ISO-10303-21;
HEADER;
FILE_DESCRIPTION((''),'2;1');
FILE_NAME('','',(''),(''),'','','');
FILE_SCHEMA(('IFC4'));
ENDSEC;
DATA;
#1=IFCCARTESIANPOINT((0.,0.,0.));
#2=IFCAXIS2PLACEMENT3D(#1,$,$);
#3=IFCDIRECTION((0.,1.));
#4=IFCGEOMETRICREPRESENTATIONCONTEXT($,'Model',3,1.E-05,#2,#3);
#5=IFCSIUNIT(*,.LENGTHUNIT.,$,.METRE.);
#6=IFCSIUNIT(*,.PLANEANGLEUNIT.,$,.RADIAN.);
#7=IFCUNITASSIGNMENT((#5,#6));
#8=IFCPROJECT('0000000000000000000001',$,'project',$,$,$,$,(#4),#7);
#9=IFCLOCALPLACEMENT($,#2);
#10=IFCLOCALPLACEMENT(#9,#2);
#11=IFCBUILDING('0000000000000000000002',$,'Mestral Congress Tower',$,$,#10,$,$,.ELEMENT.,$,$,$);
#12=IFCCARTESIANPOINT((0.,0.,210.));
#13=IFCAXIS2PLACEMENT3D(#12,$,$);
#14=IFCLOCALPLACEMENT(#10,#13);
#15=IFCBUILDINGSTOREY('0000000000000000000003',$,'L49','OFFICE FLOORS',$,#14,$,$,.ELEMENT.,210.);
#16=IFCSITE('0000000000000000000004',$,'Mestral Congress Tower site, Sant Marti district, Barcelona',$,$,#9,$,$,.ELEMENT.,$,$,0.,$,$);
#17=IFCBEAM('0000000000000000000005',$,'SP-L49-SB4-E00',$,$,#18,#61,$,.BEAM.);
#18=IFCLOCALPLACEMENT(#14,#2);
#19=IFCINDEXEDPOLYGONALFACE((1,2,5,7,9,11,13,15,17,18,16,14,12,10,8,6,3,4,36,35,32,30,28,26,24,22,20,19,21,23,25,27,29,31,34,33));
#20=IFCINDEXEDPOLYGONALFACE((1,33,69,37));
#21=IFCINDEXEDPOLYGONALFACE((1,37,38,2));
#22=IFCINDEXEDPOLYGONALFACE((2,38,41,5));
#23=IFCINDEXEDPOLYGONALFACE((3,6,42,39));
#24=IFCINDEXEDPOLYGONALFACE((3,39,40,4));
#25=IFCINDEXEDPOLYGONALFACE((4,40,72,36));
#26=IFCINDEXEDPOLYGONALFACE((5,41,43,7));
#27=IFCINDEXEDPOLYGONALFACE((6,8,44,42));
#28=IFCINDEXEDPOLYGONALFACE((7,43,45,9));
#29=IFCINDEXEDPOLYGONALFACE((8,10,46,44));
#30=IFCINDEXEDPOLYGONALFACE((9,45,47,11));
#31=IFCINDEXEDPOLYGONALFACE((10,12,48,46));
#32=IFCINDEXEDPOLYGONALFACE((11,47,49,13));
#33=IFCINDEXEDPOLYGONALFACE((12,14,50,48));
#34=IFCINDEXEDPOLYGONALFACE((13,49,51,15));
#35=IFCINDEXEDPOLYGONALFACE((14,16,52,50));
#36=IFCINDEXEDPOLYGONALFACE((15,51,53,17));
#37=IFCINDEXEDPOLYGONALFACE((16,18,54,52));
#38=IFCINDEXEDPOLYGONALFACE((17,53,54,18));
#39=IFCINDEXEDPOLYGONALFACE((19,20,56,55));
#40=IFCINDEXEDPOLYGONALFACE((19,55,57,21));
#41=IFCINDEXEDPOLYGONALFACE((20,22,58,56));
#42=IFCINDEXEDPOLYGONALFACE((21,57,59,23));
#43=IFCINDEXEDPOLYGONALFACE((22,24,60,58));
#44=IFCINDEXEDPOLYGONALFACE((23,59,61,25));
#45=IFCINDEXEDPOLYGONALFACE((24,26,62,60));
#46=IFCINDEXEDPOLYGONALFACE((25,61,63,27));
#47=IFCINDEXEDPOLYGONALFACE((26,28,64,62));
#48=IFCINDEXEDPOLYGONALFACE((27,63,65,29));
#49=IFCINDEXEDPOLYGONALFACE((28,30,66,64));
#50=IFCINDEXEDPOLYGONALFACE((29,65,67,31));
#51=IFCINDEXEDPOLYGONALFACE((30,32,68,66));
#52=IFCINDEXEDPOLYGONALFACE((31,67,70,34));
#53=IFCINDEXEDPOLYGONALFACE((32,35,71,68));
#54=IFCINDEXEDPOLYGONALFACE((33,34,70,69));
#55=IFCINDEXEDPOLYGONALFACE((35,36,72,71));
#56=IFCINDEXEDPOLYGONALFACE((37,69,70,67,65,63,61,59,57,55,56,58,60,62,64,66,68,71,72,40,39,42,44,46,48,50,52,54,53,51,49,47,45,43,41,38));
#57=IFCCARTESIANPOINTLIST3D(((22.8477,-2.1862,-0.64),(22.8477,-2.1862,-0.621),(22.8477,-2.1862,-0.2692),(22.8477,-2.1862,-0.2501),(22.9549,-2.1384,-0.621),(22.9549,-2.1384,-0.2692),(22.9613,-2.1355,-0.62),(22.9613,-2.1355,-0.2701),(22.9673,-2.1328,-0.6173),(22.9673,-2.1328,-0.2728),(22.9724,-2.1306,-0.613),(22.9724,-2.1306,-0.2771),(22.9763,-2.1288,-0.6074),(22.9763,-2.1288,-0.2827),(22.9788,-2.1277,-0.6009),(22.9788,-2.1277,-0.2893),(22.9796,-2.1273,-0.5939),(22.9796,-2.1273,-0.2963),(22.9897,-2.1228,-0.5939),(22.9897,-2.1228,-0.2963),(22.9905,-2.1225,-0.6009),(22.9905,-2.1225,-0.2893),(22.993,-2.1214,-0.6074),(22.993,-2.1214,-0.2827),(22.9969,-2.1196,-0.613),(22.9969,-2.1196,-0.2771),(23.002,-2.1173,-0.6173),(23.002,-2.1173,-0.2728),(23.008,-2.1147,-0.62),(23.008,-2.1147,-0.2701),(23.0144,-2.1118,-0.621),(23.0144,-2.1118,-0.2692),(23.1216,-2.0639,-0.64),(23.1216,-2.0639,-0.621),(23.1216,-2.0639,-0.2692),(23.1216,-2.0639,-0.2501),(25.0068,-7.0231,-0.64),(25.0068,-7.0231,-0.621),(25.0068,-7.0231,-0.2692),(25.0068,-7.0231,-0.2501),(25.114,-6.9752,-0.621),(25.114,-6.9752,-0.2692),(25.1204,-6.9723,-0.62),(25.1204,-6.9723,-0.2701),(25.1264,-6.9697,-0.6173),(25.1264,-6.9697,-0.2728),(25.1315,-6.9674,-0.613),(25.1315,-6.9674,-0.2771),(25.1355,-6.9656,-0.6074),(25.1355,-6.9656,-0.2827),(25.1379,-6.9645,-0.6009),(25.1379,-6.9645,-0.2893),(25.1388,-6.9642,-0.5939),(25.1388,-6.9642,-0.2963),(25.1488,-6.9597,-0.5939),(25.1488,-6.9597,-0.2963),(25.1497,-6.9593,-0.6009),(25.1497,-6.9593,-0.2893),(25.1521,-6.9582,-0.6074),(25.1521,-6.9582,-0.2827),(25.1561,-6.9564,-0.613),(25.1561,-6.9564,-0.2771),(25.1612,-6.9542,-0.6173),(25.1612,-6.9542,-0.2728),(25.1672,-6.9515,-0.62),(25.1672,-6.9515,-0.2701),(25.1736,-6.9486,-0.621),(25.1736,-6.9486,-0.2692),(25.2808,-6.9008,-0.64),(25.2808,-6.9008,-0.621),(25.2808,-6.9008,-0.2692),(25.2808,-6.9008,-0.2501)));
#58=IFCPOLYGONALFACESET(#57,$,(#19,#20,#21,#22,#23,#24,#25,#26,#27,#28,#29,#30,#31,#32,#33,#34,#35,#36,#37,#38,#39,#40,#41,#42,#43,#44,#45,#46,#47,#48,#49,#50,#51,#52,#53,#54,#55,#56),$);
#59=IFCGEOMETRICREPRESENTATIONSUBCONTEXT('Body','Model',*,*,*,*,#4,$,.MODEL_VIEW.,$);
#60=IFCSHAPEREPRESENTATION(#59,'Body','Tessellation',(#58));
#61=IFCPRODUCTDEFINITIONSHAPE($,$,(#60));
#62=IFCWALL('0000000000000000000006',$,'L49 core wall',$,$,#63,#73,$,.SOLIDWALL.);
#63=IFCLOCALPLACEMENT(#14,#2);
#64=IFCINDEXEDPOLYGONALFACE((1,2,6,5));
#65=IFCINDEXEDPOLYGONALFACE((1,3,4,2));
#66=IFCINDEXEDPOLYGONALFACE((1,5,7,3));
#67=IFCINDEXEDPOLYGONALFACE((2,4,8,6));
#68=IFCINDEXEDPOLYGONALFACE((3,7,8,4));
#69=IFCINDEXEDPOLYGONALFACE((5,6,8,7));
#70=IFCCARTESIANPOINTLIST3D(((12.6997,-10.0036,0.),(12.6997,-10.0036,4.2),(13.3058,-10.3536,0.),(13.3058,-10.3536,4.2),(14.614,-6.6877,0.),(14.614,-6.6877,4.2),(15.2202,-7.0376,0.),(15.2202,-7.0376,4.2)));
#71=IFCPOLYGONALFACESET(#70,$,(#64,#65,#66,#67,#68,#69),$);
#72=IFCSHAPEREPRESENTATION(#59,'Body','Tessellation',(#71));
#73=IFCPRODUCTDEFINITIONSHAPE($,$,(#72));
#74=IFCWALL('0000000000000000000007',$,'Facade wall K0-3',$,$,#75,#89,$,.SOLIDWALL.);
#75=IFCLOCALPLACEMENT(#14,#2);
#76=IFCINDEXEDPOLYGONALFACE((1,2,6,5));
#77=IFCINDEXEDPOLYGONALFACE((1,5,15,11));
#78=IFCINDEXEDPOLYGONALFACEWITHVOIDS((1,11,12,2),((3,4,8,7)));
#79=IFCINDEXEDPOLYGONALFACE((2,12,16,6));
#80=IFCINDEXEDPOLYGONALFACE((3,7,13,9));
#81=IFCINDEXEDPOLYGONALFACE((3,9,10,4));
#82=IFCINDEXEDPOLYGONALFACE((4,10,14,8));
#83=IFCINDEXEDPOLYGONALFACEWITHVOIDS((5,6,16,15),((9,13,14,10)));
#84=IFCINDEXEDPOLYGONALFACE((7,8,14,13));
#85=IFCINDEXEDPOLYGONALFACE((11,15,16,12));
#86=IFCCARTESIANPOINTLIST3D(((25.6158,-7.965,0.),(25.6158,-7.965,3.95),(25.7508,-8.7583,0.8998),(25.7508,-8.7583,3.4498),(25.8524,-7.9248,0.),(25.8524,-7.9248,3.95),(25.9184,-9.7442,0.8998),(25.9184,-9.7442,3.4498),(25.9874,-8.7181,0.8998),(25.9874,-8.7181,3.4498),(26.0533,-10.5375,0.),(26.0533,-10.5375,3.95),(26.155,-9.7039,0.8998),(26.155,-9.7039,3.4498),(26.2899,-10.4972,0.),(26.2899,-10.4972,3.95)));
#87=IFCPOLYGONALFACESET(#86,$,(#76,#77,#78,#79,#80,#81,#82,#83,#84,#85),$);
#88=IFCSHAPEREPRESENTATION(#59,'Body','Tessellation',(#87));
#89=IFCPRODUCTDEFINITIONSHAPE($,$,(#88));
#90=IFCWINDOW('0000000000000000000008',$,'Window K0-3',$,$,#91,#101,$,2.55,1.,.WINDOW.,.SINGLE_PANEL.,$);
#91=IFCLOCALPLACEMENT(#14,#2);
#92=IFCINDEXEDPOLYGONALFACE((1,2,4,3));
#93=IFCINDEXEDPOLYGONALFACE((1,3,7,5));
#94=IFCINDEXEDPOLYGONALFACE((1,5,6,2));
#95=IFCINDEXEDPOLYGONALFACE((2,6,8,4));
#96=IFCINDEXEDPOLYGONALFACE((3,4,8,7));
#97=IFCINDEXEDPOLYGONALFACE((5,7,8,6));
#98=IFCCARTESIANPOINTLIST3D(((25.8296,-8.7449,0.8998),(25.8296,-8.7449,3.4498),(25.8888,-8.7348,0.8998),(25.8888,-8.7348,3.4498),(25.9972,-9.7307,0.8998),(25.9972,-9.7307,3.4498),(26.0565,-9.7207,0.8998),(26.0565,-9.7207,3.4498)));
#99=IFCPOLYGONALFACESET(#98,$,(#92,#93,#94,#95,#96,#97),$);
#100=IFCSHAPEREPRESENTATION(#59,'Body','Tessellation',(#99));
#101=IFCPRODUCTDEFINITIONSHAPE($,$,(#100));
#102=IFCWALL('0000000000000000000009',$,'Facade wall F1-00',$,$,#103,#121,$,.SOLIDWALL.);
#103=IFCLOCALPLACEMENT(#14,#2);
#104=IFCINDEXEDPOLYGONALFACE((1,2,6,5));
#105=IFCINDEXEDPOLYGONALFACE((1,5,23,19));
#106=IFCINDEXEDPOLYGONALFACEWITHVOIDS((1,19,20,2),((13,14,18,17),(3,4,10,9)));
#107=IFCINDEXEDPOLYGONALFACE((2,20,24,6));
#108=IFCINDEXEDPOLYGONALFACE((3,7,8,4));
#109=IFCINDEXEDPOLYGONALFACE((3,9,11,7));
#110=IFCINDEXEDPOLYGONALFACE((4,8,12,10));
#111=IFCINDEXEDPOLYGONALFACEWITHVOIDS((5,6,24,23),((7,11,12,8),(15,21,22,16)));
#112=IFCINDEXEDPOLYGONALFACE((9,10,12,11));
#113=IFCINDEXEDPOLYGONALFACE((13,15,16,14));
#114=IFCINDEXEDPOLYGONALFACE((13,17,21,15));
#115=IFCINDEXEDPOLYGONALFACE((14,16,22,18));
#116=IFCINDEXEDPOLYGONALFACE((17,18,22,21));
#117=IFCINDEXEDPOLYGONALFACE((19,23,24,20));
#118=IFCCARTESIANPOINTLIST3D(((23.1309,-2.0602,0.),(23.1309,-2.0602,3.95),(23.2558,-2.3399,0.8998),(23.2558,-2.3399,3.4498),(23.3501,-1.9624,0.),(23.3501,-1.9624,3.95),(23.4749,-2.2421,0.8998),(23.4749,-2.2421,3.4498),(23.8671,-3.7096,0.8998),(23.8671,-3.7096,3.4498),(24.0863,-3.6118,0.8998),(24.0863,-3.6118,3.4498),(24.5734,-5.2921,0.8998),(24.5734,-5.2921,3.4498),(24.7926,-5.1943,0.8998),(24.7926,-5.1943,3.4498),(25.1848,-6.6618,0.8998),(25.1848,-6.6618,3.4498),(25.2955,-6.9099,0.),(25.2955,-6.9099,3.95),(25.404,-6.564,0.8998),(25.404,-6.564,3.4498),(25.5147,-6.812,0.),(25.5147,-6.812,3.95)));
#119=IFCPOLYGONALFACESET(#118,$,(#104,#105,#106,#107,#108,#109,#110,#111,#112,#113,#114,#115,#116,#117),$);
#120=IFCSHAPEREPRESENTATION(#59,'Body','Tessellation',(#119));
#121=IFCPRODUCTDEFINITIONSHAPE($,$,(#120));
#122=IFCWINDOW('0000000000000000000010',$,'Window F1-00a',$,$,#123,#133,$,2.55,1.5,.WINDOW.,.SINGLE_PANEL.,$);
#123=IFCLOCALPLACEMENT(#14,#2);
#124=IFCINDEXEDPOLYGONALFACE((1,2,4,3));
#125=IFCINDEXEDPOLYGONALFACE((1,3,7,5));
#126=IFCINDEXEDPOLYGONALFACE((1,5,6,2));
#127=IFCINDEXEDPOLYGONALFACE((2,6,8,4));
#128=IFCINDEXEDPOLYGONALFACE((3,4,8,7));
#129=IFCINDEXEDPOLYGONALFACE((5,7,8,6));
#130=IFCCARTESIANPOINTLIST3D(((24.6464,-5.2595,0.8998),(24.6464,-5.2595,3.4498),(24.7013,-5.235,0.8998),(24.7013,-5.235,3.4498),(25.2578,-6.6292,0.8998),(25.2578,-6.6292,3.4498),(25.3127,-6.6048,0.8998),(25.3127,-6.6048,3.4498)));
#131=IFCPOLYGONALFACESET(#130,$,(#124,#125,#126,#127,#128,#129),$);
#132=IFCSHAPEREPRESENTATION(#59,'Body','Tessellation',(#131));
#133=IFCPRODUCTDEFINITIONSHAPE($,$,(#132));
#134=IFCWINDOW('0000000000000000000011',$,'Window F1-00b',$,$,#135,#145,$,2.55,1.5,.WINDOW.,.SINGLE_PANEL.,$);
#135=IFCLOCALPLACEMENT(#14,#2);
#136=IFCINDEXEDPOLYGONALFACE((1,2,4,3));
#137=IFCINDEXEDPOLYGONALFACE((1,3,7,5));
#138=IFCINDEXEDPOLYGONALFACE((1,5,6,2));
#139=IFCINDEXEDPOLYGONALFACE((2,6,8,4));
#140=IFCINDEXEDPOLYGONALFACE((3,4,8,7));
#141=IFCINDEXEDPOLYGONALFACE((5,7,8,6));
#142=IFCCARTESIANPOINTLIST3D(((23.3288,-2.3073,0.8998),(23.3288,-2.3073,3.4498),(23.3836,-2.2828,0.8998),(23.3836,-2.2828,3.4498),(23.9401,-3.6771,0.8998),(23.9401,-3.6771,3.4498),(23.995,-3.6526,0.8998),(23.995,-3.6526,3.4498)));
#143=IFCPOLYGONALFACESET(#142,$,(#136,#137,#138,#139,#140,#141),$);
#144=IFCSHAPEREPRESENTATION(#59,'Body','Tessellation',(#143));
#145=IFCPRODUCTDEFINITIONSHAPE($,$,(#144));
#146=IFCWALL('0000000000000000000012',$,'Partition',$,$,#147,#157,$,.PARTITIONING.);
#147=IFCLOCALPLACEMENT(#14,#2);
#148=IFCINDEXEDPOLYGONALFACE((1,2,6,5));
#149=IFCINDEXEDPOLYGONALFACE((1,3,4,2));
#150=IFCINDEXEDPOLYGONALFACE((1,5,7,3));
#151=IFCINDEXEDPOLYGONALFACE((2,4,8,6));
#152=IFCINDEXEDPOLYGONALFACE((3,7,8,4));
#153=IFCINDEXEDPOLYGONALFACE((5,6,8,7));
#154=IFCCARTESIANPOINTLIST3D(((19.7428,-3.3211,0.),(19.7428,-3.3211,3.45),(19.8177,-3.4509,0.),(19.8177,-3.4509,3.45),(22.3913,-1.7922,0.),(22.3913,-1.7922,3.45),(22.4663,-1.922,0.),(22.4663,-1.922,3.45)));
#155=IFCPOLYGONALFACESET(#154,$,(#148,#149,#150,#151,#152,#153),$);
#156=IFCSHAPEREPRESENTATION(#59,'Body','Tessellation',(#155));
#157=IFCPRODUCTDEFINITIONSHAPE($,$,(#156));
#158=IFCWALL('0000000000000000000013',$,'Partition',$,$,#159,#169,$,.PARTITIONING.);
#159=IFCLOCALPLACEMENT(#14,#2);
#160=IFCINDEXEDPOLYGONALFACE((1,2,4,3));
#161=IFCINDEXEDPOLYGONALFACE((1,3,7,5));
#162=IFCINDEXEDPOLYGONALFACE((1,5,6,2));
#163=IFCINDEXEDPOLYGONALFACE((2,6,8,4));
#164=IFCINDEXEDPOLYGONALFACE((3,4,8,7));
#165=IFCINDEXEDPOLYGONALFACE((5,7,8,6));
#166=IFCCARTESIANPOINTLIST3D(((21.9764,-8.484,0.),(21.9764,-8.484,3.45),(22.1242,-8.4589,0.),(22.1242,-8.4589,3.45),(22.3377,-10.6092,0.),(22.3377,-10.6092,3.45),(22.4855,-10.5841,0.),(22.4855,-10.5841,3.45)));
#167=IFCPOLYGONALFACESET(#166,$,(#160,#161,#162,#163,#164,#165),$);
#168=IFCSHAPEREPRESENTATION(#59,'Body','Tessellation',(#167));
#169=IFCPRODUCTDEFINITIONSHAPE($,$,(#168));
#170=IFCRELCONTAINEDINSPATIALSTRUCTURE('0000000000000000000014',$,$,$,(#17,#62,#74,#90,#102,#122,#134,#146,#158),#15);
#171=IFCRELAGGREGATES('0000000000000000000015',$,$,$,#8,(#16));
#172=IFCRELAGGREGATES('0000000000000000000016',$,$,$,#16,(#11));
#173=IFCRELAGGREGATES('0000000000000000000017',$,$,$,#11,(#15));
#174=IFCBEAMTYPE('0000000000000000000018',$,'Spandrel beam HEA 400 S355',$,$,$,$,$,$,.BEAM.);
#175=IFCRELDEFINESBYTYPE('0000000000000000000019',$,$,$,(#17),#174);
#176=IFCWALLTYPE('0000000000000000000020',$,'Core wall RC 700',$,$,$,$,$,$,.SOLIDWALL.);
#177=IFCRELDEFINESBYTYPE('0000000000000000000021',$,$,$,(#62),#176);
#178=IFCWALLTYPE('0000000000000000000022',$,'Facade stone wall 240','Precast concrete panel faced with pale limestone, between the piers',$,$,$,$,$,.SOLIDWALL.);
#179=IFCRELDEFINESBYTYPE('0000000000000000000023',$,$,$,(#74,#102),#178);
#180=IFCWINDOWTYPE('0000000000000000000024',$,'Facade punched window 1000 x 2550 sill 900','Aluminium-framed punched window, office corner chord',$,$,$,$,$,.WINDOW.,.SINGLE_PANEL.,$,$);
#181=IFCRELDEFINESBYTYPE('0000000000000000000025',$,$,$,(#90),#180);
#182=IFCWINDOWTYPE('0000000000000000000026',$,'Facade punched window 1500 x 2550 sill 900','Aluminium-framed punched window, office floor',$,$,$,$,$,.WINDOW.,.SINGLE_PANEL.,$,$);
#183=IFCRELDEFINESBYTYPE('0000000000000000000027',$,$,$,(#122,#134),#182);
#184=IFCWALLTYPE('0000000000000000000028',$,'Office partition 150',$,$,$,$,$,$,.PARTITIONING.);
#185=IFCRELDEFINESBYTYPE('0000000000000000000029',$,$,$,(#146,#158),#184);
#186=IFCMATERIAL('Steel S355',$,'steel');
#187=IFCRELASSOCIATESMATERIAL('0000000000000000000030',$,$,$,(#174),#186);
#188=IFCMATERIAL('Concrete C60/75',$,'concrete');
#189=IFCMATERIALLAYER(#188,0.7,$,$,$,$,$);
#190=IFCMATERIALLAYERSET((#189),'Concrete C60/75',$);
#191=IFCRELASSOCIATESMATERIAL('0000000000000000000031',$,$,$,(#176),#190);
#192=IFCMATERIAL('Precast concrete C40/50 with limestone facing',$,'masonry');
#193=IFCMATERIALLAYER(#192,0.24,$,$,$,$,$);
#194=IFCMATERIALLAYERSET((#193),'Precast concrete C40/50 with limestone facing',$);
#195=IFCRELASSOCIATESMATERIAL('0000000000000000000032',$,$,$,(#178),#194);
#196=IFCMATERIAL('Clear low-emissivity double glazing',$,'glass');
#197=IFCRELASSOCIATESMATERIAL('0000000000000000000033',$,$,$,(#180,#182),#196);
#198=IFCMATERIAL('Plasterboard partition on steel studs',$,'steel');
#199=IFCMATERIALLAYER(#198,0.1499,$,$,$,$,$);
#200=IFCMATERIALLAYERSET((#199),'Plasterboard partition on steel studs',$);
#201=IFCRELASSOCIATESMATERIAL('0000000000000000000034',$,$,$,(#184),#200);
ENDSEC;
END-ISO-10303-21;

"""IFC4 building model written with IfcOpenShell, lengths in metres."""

from ifc_helpers import new_model, si_unit, direction, frame, frame_2d, origin, origin_2d, place, context, subcontext, project, spatial, rectangle, i_section, extrude, material, layer, layer_set, material_profile, profile_set, type_object, element, fill, save


model = new_model("IFC4")

# Units and contexts
model_context = context("Model", 3, precision=1e-05, world=origin(), true_north=direction((0.0, 1.0)))
body_context = subcontext(model_context, "Body", "Model", "MODEL_VIEW")
ifc_project = project(units=[si_unit("LENGTHUNIT", "METRE"), si_unit("PLANEANGLEUNIT", "RADIAN")], contexts=[model_context])

# Site, building, storey
site_placement = place(None, origin())
site = spatial("IfcSite", under=ifc_project, at=site_placement, Name="Mestral Congress Tower site, Sant Marti district, Barcelona", CompositionType="ELEMENT", RefElevation=0.0)
building_placement = place(site_placement, origin())
building = spatial("IfcBuilding", under=site, at=building_placement, Name="Mestral Congress Tower", CompositionType="ELEMENT")
storey_placement = place(building_placement, frame((0.0, 0.0, 210.0)))
storey = spatial("IfcBuildingStorey", under=building, at=storey_placement, Name="L49", Description="OFFICE FLOORS", CompositionType="ELEMENT", Elevation=210.0)

# Shared definitions
ifc_material_1 = material(Name="Concrete C60/75", Category="concrete")

# Beam
ifc_material_2 = material(Name="Steel S355", Category="steel")
ifc_material_profile_1 = material_profile(ifc_material_2, i_section(OverallWidth=0.3, OverallDepth=0.3899, WebThickness=0.011, FlangeThickness=0.019, FilletRadius=0.0271, at=origin_2d()), Name="HEA 400")
ifc_profile_set_1 = profile_set([ifc_material_profile_1], Name="Steel S355")
beam_type_1 = type_object("IfcBeamType", Name="Spandrel beam HEA 400 S355", PredefinedType="BEAM", material=ifc_profile_set_1)
beam_1_placement = place(storey_placement, frame((25.1438, -6.9619, -0.4451), z_axis=(-0.407626, 0.913149, 0.0), x_axis=(-0.913149, -0.407626, 0.0)))
element("IfcBeam", 1, at=beam_1_placement, inside=storey, type_object=beam_type_1, Name="SP-L49-SB4-E00", PredefinedType="BEAM", context=body_context, shape_type="SweptSolid", body=[
    extrude(i_section(OverallWidth=0.3, OverallDepth=0.3899, WebThickness=0.011, FlangeThickness=0.019, FilletRadius=0.0271, at=origin_2d()), origin(), (0.0, 0.0, 1.0), 5.2969),
])

# Wall
ifc_layer_1 = layer(ifc_material_1, 0.7)
ifc_layer_set_1 = layer_set([ifc_layer_1], Name="Concrete C60/75")
wall_type_1 = type_object("IfcWallType", Name="Core wall RC 700", PredefinedType="SOLIDWALL", material=ifc_layer_set_1)
wall_1_placement = place(storey_placement, frame((13.0027, -10.1787, 0.0), z_axis=(0.0, 0.0, 1.0), x_axis=(0.499973, 0.866041, 0.0)))
element("IfcWall", 2, at=wall_1_placement, inside=storey, type_object=wall_type_1, Name="L49 core wall", PredefinedType="SOLIDWALL", context=body_context, shape_type="SweptSolid", body=[
    extrude(rectangle(XDim=3.8289, YDim=0.7, at=frame_2d((1.9146, 0.0))), origin(), (0.0, 0.0, 1.0), 4.2),
])

# Wall, opening, window
ifc_material_3 = material(Name="Precast concrete C40/50 with limestone facing", Category="masonry")
ifc_layer_2 = layer(ifc_material_3, 0.24)
ifc_layer_set_2 = layer_set([ifc_layer_2], Name="Precast concrete C40/50 with limestone facing")
wall_type_2 = type_object("IfcWallType", Name="Facade stone wall 240", Description="Precast concrete panel faced with pale limestone, between the piers", PredefinedType="SOLIDWALL", material=ifc_layer_set_2)
wall_2_placement = place(storey_placement, frame((26.1716, -10.5173, 0.0), z_axis=(0.0, 0.0, 1.0), x_axis=(-0.16766, 0.985845, 0.0)))
wall_2 = element("IfcWall", 3, at=wall_2_placement, inside=storey, type_object=wall_type_2, Name="Facade wall K0-3", PredefinedType="SOLIDWALL", context=body_context, shape_type="SweptSolid", body=[
    extrude(rectangle(XDim=2.6094, YDim=0.24, at=frame_2d((1.3047, 0.0))), origin(), (0.0, 0.0, 1.0), 3.95),
])
opening_1_placement = place(wall_2_placement, frame((0.8047, 0.0, 0.8999)))
opening_1 = element("IfcOpeningElement", 4, at=opening_1_placement, cuts=wall_2, PredefinedType="OPENING", context=body_context, shape_type="SweptSolid", body=[
    extrude(rectangle(XDim=1.0, YDim=2.55, at=frame_2d((0.5, 1.2749))), frame((0.0, 0.1299, 0.0), z_axis=(0.0, -1.0, 0.0), x_axis=(1.0, 0.0, 0.0)), (0.0, 0.0, 1.0), 0.26),
])
ifc_material_4 = material(Name="Clear low-emissivity double glazing", Category="glass")
window_type_1 = type_object("IfcWindowType", Name="Facade punched window 1000 x 2550 sill 900", Description="Aluminium-framed punched window, office corner chord", PartitioningType="SINGLE_PANEL", PredefinedType="WINDOW", material=ifc_material_4)
window_1_placement = place(opening_1_placement, origin())
window_1 = element("IfcWindow", 5, at=window_1_placement, inside=storey, type_object=window_type_1, Name="Window K0-3", OverallHeight=2.55, OverallWidth=1.0, PartitioningType="SINGLE_PANEL", PredefinedType="WINDOW", context=body_context, shape_type="SweptSolid", body=[
    extrude(rectangle(XDim=1.0, YDim=2.55, at=frame_2d((0.5, 1.2749))), frame((0.0, 0.04, 0.0), z_axis=(0.0, -1.0, 0.0), x_axis=(1.0, 0.0, 0.0)), (0.0, 0.0, 1.0), 0.0601),
])
fill(opening_1, window_1)

# Wall, openings, windows
wall_3_placement = place(storey_placement, frame((25.405, -6.8608, 0.0), z_axis=(0.0, 0.0, 1.0), x_axis=(-0.40758, 0.91317, 0.0)))
wall_3 = element("IfcWall", 6, at=wall_3_placement, inside=storey, type_object=wall_type_2, Name="Facade wall F1-00", PredefinedType="SOLIDWALL", context=body_context, shape_type="SweptSolid", body=[
    extrude(rectangle(XDim=5.3108, YDim=0.24, at=frame_2d((2.6553, 0.0))), origin(), (0.0, 0.0, 1.0), 3.95),
])
opening_2_placement = place(wall_3_placement, frame((0.2715, 0.0, 0.8999)))
opening_2 = element("IfcOpeningElement", 7, at=opening_2_placement, cuts=wall_3, PredefinedType="OPENING", context=body_context, shape_type="SweptSolid", body=[
    extrude(rectangle(XDim=1.5, YDim=2.55, at=frame_2d((0.75, 1.2749))), frame((0.0, 0.1299, 0.0), z_axis=(0.0, -1.0, 0.0), x_axis=(1.0, 0.0, 0.0)), (0.0, 0.0, 1.0), 0.26),
])
opening_3_placement = place(wall_3_placement, frame((3.5044, 0.0, 0.8999)))
opening_3 = element("IfcOpeningElement", 8, at=opening_3_placement, cuts=wall_3, PredefinedType="OPENING", context=body_context, shape_type="SweptSolid", body=[
    extrude(rectangle(XDim=1.5, YDim=2.55, at=frame_2d((0.75, 1.2749))), frame((0.0, 0.1299, 0.0), z_axis=(0.0, -1.0, 0.0), x_axis=(1.0, 0.0, 0.0)), (0.0, 0.0, 1.0), 0.26),
])
window_type_2 = type_object("IfcWindowType", Name="Facade punched window 1500 x 2550 sill 900", Description="Aluminium-framed punched window, office floor", PartitioningType="SINGLE_PANEL", PredefinedType="WINDOW", material=ifc_material_4)
window_2_placement = place(opening_2_placement, origin())
window_2 = element("IfcWindow", 9, at=window_2_placement, inside=storey, type_object=window_type_2, Name="Window F1-00a", OverallHeight=2.55, OverallWidth=1.5, PartitioningType="SINGLE_PANEL", PredefinedType="WINDOW", context=body_context, shape_type="SweptSolid", body=[
    extrude(rectangle(XDim=1.5, YDim=2.55, at=frame_2d((0.75, 1.2749))), frame((0.0, 0.04, 0.0), z_axis=(0.0, -1.0, 0.0), x_axis=(1.0, 0.0, 0.0)), (0.0, 0.0, 1.0), 0.0601),
])
fill(opening_2, window_2)
window_3_placement = place(opening_3_placement, origin())
window_3 = element("IfcWindow", 10, at=window_3_placement, inside=storey, type_object=window_type_2, Name="Window F1-00b", OverallHeight=2.55, OverallWidth=1.5, PartitioningType="SINGLE_PANEL", PredefinedType="WINDOW", context=body_context, shape_type="SweptSolid", body=[
    extrude(rectangle(XDim=1.5, YDim=2.55, at=frame_2d((0.75, 1.2749))), frame((0.0, 0.04, 0.0), z_axis=(0.0, -1.0, 0.0), x_axis=(1.0, 0.0, 0.0)), (0.0, 0.0, 1.0), 0.0601),
])
fill(opening_3, window_3)

# Walls
ifc_material_5 = material(Name="Plasterboard partition on steel studs", Category="steel")
ifc_layer_3 = layer(ifc_material_5, 0.1499)
ifc_layer_set_3 = layer_set([ifc_layer_3], Name="Plasterboard partition on steel studs")
wall_type_3 = type_object("IfcWallType", Name="Office partition 150", PredefinedType="PARTITIONING", material=ifc_layer_set_3)
wall_4_placement = place(storey_placement, frame((19.7803, -3.386, 0.0), z_axis=(0.0, 0.0, 1.0), x_axis=(0.866063, 0.499934, 0.0)))
element("IfcWall", 11, at=wall_4_placement, inside=storey, type_object=wall_type_3, Name="Partition", PredefinedType="PARTITIONING", context=body_context, shape_type="SweptSolid", body=[
    extrude(rectangle(XDim=3.0581, YDim=0.1499, at=frame_2d((1.5291, 0.0))), origin(), (0.0, 0.0, 1.0), 3.45),
])
wall_5_placement = place(storey_placement, frame((22.4116, -10.5967, 0.0), z_axis=(0.0, 0.0, 1.0), x_axis=(-0.167612, 0.985853, 0.0)))
element("IfcWall", 12, at=wall_5_placement, inside=storey, type_object=wall_type_3, Name="Partition", PredefinedType="PARTITIONING", context=body_context, shape_type="SweptSolid", body=[
    extrude(rectangle(XDim=2.1558, YDim=0.1499, at=frame_2d((1.0779, 0.0))), origin(), (0.0, 0.0, 1.0), 3.45),
])

save(model, "model.ifc")
